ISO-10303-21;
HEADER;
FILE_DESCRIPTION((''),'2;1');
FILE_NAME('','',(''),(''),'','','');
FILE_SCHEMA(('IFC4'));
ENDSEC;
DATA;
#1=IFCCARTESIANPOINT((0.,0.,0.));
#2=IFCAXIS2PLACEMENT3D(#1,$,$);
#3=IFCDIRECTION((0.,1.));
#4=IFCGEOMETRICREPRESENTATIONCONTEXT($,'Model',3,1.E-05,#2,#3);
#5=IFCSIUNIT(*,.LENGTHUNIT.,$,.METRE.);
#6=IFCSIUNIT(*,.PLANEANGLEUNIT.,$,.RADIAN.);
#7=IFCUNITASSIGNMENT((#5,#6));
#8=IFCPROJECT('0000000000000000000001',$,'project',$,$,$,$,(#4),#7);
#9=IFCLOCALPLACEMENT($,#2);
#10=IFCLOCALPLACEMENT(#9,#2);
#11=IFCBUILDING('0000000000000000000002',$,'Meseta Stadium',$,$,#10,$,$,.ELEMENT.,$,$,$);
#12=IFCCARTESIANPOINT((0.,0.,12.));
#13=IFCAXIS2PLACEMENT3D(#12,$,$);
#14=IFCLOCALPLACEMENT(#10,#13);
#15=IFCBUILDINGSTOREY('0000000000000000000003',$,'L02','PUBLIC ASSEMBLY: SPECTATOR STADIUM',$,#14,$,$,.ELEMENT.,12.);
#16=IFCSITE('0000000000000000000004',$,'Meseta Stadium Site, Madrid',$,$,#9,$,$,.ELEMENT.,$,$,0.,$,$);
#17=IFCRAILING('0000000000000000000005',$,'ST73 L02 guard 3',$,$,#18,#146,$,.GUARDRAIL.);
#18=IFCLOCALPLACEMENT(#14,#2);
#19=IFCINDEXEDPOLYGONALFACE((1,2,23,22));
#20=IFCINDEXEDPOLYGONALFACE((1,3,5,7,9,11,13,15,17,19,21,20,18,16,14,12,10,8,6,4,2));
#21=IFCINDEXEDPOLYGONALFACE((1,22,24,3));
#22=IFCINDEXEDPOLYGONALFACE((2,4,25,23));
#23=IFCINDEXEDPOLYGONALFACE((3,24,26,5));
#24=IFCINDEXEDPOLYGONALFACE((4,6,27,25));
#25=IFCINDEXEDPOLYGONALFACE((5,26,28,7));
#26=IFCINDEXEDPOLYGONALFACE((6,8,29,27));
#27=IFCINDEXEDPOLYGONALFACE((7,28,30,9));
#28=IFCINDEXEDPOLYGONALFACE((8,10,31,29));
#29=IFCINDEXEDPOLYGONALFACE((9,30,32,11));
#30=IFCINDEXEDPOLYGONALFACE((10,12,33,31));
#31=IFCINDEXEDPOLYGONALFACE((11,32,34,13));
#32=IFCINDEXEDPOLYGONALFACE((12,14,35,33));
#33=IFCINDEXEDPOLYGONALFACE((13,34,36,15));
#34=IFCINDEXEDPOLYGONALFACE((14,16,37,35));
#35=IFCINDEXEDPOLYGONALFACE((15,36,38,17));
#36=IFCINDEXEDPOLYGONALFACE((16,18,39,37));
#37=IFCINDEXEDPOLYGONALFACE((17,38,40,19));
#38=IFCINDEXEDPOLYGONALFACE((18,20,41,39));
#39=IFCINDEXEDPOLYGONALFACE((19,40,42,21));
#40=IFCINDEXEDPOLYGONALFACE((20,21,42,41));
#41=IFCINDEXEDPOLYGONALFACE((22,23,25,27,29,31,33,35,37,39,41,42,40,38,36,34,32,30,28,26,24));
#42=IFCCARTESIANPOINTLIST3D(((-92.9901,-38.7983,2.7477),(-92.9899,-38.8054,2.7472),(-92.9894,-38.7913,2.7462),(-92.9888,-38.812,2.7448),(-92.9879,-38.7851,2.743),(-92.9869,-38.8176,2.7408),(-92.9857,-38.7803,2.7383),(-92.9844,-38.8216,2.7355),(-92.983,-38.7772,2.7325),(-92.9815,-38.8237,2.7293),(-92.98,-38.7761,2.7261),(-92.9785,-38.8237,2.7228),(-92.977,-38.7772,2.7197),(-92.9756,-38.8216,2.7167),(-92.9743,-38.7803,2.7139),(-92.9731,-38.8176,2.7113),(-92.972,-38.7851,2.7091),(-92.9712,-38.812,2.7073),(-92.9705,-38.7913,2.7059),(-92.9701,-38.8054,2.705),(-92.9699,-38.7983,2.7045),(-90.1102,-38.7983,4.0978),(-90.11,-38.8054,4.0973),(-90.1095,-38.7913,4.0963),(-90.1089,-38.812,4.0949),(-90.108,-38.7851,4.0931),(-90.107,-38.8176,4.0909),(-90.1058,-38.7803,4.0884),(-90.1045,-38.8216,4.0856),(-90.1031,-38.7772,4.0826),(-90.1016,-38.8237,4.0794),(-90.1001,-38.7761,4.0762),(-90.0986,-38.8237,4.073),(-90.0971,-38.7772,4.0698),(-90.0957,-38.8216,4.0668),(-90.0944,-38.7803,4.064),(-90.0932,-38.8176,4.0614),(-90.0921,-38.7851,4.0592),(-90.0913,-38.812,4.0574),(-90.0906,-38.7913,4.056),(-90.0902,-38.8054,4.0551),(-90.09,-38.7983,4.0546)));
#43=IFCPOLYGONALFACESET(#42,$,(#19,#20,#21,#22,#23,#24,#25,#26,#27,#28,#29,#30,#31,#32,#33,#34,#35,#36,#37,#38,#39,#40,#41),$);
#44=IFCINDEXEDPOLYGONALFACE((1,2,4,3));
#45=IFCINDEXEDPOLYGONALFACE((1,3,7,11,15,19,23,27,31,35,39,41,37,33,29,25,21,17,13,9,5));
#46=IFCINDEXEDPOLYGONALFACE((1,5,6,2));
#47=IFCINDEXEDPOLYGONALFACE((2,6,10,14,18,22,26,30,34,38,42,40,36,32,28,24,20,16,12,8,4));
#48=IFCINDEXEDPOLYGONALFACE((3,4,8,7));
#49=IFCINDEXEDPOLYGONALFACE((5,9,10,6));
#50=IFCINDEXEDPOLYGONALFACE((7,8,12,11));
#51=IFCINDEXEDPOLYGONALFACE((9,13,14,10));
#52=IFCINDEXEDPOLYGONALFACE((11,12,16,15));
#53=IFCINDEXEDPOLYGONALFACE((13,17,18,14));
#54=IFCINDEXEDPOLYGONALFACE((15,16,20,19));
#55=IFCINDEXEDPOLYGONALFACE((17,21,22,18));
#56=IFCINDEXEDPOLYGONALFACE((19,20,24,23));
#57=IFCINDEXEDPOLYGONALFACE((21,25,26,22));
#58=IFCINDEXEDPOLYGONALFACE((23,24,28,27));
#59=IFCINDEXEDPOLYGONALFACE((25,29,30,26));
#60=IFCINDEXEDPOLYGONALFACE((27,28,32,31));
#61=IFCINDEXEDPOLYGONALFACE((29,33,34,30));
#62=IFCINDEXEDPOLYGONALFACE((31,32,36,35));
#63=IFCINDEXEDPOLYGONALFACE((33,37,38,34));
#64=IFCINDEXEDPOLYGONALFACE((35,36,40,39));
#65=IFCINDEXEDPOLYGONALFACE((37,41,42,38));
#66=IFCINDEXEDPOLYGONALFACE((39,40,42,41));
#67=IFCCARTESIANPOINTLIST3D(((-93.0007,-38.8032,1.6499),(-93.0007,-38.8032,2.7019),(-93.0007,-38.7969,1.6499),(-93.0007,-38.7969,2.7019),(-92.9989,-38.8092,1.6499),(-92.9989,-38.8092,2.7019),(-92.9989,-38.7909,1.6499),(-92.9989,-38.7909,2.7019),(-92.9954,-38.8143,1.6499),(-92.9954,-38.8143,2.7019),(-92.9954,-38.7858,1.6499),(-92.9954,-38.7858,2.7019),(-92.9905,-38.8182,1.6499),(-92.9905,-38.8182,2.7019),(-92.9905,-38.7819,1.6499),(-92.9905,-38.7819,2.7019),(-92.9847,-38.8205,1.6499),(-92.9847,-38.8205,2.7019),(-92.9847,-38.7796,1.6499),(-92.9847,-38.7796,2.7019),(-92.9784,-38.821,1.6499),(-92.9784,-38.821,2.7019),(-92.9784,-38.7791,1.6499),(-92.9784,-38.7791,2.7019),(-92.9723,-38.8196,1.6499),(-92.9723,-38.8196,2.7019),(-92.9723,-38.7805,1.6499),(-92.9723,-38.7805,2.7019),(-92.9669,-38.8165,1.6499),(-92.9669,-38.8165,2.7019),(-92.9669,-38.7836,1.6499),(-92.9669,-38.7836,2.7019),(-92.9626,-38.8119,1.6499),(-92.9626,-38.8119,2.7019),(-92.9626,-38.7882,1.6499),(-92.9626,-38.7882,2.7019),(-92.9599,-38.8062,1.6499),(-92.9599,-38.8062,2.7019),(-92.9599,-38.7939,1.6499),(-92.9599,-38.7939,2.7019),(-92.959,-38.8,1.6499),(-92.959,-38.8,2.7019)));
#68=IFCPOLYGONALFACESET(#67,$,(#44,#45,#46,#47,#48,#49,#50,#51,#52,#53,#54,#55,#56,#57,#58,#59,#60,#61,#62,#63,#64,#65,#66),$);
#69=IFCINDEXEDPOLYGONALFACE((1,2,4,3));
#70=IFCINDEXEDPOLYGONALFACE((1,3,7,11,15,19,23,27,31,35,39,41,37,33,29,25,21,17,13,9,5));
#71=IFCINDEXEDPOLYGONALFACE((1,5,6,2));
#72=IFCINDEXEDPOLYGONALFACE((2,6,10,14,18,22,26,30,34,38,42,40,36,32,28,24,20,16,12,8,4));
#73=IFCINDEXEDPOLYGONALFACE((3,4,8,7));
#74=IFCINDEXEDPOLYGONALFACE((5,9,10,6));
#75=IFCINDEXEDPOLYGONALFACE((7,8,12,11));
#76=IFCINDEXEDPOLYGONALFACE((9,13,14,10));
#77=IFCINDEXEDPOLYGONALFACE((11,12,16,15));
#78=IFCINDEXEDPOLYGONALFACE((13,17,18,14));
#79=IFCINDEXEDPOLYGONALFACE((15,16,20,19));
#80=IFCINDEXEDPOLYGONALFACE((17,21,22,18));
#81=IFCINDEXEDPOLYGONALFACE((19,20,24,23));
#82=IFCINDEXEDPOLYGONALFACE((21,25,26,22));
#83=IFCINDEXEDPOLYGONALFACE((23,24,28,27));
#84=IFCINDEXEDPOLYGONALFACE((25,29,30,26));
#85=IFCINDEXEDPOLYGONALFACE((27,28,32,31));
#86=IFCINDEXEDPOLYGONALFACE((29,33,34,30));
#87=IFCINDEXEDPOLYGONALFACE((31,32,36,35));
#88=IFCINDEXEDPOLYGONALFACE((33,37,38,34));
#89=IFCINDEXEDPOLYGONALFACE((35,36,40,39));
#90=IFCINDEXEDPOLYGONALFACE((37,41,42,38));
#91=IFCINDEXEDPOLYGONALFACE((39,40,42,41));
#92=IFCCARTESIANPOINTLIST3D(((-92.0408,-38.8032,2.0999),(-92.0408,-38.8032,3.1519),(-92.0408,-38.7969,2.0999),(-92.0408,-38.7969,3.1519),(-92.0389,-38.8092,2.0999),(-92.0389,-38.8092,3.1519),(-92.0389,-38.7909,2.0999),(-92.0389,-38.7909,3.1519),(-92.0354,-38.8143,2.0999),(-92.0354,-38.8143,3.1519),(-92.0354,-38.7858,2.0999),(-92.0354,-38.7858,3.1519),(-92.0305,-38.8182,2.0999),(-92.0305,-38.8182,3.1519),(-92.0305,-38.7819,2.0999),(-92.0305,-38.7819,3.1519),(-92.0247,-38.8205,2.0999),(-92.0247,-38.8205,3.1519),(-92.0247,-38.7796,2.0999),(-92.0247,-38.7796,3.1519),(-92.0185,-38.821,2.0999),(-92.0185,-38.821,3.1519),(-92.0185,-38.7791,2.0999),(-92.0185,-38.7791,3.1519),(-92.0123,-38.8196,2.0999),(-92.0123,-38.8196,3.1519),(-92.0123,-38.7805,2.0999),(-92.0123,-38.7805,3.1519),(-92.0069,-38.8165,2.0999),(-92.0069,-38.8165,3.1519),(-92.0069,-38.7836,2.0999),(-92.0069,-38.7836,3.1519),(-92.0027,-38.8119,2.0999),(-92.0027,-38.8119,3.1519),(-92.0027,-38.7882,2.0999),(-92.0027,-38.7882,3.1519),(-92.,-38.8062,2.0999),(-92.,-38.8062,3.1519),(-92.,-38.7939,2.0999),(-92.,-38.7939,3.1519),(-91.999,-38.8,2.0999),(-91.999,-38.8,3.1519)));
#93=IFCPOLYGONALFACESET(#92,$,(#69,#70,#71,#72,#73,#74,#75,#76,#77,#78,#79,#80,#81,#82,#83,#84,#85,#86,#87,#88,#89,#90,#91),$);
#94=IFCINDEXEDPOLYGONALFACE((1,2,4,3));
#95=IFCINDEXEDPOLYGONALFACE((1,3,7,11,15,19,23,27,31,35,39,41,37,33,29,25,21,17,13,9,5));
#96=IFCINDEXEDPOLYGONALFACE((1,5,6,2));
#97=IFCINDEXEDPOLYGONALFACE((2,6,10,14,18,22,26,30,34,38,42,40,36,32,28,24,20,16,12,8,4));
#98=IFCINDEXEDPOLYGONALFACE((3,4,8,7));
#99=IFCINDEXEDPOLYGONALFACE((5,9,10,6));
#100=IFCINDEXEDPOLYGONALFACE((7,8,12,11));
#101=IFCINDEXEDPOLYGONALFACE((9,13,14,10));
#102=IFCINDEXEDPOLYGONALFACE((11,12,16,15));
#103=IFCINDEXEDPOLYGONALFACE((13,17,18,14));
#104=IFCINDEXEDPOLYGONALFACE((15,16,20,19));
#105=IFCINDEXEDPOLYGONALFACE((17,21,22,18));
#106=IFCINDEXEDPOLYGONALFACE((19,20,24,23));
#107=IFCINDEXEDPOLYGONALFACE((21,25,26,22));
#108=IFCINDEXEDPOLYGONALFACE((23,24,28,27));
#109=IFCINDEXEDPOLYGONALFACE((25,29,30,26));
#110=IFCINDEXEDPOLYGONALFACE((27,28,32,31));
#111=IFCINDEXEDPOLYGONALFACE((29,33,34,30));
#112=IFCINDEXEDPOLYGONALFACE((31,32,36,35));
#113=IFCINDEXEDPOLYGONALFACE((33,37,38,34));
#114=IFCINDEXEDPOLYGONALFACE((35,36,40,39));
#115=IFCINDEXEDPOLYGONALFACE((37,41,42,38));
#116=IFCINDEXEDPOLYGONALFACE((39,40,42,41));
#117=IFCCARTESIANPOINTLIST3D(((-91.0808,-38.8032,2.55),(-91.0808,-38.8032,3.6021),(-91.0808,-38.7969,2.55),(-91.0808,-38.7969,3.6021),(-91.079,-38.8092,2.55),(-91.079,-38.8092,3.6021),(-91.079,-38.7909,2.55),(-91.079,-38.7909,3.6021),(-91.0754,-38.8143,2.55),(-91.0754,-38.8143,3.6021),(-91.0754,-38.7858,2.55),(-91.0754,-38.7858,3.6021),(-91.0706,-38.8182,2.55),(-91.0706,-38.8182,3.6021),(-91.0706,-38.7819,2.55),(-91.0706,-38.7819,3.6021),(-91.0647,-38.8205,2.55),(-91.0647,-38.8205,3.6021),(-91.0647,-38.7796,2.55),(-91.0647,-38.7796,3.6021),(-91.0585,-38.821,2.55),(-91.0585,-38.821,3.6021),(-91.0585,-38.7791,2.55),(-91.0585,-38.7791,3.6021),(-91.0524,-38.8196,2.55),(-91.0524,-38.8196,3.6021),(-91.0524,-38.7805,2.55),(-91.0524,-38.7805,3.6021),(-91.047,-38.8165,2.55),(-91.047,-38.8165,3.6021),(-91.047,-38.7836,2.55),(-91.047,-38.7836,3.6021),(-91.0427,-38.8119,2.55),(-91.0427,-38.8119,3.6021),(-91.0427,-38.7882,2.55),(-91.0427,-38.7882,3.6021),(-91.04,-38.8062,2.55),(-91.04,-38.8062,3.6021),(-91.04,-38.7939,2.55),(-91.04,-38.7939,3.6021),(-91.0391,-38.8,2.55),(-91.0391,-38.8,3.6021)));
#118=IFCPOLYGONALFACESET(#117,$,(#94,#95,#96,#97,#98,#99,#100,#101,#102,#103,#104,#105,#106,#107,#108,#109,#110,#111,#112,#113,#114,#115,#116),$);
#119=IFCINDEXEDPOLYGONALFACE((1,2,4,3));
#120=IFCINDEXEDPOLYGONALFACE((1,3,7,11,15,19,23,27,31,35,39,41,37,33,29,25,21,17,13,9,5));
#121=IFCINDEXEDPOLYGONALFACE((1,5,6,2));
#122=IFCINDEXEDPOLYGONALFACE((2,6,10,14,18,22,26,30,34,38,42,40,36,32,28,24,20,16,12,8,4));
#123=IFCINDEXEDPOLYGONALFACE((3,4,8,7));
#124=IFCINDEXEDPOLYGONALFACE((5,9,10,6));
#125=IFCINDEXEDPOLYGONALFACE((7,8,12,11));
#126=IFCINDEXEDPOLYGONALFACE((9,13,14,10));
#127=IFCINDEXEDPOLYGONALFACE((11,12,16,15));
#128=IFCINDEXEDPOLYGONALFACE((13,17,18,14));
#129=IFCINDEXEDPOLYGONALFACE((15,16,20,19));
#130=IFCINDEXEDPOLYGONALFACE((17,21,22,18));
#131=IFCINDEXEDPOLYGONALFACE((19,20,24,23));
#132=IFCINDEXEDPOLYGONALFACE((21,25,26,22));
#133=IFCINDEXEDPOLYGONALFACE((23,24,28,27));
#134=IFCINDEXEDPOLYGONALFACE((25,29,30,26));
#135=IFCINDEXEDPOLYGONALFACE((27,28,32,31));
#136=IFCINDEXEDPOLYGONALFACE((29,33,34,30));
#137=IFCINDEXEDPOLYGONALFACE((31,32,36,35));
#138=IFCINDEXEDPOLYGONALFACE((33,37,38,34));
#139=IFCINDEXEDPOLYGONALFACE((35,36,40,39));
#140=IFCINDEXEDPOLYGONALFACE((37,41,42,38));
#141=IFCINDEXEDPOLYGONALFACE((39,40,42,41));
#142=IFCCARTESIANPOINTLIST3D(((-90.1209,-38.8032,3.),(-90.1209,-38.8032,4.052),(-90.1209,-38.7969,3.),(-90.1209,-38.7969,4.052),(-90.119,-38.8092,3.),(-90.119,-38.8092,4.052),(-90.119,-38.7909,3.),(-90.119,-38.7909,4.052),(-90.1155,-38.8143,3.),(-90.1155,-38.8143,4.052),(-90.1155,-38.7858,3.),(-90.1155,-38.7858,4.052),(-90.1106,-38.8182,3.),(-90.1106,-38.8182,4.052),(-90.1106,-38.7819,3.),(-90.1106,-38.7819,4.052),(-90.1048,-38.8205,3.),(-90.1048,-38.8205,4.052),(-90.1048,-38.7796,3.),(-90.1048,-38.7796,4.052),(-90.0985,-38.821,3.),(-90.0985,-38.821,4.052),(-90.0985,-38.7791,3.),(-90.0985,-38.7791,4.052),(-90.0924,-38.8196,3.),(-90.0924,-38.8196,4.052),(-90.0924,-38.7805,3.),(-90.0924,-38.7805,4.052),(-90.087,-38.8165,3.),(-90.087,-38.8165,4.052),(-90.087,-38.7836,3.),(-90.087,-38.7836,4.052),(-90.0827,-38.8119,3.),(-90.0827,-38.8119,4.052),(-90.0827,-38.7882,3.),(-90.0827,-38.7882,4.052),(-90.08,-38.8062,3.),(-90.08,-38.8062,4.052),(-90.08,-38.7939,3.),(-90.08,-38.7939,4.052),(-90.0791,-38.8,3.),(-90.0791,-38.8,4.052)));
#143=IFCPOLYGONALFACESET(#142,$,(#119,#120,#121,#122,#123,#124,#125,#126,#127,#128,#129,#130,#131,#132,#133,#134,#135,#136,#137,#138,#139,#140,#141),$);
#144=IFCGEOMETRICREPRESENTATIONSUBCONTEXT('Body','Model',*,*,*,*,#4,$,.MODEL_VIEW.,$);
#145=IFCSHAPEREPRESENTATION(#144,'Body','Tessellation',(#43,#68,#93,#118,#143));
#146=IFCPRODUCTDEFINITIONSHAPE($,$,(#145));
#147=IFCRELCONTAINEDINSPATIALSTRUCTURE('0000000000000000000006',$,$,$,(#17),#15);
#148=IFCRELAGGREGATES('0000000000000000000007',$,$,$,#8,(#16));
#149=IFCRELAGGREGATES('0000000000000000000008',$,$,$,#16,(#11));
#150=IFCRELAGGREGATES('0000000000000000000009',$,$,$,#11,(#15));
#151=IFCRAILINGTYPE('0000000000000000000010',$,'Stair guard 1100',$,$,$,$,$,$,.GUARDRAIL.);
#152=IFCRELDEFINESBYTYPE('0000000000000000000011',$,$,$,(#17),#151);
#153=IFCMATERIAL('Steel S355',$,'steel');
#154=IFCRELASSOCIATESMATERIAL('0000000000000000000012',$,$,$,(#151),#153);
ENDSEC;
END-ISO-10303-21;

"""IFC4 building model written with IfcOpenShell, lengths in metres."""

from ifc_helpers import new_model, si_unit, direction, frame, origin, origin_2d, place, context, subcontext, project, spatial, circle, extrude, material, type_object, element, save


model = new_model("IFC4")

# Units and contexts
model_context = context("Model", 3, precision=1e-05, world=origin(), true_north=direction((0.0, 1.0)))
body_context = subcontext(model_context, "Body", "Model", "MODEL_VIEW")
ifc_project = project(units=[si_unit("LENGTHUNIT", "METRE"), si_unit("PLANEANGLEUNIT", "RADIAN")], contexts=[model_context])

# Site, building, storey
site_placement = place(None, origin())
site = spatial("IfcSite", under=ifc_project, at=site_placement, Name="Meseta Stadium Site, Madrid", CompositionType="ELEMENT", RefElevation=0.0)
building_placement = place(site_placement, origin())
building = spatial("IfcBuilding", under=site, at=building_placement, Name="Meseta Stadium", CompositionType="ELEMENT")
storey_placement = place(building_placement, frame((0.0, 0.0, 12.0)))
storey = spatial("IfcBuildingStorey", under=building, at=storey_placement, Name="L02", Description="PUBLIC ASSEMBLY: SPECTATOR STADIUM", CompositionType="ELEMENT", Elevation=12.0)

# Railing
ifc_material_1 = material(Name="Steel S355", Category="steel")
railing_type_1 = type_object("IfcRailingType", Name="Stair guard 1100", PredefinedType="GUARDRAIL", material=ifc_material_1)
railing_1_placement = place(storey_placement, frame((-92.98, -38.8, 1.6499)))
element("IfcRailing", 1, at=railing_1_placement, inside=storey, type_object=railing_type_1, Name="ST73 L02 guard 3", PredefinedType="GUARDRAIL", context=body_context, shape_type="SweptSolid", body=[
    extrude(circle(Radius=0.0239, at=origin_2d()), frame((0.0, 0.0, 1.0762), z_axis=(0.90544, 0.0, 0.424473), x_axis=(0.0, 1.0, 0.0)), (0.0, 0.0, 1.0), 3.1807),
    extrude(circle(Radius=0.021, at=origin_2d()), origin(), (0.0, 0.0, 1.0), 1.052),
    extrude(circle(Radius=0.021, at=origin_2d()), frame((0.96, 0.0, 0.45)), (0.0, 0.0, 1.0), 1.052),
    extrude(circle(Radius=0.021, at=origin_2d()), frame((1.9199, 0.0, 0.9001)), (0.0, 0.0, 1.0), 1.052),
    extrude(circle(Radius=0.021, at=origin_2d()), frame((2.8799, 0.0, 1.3501)), (0.0, 0.0, 1.0), 1.052),
])

save(model, "model.ifc")
